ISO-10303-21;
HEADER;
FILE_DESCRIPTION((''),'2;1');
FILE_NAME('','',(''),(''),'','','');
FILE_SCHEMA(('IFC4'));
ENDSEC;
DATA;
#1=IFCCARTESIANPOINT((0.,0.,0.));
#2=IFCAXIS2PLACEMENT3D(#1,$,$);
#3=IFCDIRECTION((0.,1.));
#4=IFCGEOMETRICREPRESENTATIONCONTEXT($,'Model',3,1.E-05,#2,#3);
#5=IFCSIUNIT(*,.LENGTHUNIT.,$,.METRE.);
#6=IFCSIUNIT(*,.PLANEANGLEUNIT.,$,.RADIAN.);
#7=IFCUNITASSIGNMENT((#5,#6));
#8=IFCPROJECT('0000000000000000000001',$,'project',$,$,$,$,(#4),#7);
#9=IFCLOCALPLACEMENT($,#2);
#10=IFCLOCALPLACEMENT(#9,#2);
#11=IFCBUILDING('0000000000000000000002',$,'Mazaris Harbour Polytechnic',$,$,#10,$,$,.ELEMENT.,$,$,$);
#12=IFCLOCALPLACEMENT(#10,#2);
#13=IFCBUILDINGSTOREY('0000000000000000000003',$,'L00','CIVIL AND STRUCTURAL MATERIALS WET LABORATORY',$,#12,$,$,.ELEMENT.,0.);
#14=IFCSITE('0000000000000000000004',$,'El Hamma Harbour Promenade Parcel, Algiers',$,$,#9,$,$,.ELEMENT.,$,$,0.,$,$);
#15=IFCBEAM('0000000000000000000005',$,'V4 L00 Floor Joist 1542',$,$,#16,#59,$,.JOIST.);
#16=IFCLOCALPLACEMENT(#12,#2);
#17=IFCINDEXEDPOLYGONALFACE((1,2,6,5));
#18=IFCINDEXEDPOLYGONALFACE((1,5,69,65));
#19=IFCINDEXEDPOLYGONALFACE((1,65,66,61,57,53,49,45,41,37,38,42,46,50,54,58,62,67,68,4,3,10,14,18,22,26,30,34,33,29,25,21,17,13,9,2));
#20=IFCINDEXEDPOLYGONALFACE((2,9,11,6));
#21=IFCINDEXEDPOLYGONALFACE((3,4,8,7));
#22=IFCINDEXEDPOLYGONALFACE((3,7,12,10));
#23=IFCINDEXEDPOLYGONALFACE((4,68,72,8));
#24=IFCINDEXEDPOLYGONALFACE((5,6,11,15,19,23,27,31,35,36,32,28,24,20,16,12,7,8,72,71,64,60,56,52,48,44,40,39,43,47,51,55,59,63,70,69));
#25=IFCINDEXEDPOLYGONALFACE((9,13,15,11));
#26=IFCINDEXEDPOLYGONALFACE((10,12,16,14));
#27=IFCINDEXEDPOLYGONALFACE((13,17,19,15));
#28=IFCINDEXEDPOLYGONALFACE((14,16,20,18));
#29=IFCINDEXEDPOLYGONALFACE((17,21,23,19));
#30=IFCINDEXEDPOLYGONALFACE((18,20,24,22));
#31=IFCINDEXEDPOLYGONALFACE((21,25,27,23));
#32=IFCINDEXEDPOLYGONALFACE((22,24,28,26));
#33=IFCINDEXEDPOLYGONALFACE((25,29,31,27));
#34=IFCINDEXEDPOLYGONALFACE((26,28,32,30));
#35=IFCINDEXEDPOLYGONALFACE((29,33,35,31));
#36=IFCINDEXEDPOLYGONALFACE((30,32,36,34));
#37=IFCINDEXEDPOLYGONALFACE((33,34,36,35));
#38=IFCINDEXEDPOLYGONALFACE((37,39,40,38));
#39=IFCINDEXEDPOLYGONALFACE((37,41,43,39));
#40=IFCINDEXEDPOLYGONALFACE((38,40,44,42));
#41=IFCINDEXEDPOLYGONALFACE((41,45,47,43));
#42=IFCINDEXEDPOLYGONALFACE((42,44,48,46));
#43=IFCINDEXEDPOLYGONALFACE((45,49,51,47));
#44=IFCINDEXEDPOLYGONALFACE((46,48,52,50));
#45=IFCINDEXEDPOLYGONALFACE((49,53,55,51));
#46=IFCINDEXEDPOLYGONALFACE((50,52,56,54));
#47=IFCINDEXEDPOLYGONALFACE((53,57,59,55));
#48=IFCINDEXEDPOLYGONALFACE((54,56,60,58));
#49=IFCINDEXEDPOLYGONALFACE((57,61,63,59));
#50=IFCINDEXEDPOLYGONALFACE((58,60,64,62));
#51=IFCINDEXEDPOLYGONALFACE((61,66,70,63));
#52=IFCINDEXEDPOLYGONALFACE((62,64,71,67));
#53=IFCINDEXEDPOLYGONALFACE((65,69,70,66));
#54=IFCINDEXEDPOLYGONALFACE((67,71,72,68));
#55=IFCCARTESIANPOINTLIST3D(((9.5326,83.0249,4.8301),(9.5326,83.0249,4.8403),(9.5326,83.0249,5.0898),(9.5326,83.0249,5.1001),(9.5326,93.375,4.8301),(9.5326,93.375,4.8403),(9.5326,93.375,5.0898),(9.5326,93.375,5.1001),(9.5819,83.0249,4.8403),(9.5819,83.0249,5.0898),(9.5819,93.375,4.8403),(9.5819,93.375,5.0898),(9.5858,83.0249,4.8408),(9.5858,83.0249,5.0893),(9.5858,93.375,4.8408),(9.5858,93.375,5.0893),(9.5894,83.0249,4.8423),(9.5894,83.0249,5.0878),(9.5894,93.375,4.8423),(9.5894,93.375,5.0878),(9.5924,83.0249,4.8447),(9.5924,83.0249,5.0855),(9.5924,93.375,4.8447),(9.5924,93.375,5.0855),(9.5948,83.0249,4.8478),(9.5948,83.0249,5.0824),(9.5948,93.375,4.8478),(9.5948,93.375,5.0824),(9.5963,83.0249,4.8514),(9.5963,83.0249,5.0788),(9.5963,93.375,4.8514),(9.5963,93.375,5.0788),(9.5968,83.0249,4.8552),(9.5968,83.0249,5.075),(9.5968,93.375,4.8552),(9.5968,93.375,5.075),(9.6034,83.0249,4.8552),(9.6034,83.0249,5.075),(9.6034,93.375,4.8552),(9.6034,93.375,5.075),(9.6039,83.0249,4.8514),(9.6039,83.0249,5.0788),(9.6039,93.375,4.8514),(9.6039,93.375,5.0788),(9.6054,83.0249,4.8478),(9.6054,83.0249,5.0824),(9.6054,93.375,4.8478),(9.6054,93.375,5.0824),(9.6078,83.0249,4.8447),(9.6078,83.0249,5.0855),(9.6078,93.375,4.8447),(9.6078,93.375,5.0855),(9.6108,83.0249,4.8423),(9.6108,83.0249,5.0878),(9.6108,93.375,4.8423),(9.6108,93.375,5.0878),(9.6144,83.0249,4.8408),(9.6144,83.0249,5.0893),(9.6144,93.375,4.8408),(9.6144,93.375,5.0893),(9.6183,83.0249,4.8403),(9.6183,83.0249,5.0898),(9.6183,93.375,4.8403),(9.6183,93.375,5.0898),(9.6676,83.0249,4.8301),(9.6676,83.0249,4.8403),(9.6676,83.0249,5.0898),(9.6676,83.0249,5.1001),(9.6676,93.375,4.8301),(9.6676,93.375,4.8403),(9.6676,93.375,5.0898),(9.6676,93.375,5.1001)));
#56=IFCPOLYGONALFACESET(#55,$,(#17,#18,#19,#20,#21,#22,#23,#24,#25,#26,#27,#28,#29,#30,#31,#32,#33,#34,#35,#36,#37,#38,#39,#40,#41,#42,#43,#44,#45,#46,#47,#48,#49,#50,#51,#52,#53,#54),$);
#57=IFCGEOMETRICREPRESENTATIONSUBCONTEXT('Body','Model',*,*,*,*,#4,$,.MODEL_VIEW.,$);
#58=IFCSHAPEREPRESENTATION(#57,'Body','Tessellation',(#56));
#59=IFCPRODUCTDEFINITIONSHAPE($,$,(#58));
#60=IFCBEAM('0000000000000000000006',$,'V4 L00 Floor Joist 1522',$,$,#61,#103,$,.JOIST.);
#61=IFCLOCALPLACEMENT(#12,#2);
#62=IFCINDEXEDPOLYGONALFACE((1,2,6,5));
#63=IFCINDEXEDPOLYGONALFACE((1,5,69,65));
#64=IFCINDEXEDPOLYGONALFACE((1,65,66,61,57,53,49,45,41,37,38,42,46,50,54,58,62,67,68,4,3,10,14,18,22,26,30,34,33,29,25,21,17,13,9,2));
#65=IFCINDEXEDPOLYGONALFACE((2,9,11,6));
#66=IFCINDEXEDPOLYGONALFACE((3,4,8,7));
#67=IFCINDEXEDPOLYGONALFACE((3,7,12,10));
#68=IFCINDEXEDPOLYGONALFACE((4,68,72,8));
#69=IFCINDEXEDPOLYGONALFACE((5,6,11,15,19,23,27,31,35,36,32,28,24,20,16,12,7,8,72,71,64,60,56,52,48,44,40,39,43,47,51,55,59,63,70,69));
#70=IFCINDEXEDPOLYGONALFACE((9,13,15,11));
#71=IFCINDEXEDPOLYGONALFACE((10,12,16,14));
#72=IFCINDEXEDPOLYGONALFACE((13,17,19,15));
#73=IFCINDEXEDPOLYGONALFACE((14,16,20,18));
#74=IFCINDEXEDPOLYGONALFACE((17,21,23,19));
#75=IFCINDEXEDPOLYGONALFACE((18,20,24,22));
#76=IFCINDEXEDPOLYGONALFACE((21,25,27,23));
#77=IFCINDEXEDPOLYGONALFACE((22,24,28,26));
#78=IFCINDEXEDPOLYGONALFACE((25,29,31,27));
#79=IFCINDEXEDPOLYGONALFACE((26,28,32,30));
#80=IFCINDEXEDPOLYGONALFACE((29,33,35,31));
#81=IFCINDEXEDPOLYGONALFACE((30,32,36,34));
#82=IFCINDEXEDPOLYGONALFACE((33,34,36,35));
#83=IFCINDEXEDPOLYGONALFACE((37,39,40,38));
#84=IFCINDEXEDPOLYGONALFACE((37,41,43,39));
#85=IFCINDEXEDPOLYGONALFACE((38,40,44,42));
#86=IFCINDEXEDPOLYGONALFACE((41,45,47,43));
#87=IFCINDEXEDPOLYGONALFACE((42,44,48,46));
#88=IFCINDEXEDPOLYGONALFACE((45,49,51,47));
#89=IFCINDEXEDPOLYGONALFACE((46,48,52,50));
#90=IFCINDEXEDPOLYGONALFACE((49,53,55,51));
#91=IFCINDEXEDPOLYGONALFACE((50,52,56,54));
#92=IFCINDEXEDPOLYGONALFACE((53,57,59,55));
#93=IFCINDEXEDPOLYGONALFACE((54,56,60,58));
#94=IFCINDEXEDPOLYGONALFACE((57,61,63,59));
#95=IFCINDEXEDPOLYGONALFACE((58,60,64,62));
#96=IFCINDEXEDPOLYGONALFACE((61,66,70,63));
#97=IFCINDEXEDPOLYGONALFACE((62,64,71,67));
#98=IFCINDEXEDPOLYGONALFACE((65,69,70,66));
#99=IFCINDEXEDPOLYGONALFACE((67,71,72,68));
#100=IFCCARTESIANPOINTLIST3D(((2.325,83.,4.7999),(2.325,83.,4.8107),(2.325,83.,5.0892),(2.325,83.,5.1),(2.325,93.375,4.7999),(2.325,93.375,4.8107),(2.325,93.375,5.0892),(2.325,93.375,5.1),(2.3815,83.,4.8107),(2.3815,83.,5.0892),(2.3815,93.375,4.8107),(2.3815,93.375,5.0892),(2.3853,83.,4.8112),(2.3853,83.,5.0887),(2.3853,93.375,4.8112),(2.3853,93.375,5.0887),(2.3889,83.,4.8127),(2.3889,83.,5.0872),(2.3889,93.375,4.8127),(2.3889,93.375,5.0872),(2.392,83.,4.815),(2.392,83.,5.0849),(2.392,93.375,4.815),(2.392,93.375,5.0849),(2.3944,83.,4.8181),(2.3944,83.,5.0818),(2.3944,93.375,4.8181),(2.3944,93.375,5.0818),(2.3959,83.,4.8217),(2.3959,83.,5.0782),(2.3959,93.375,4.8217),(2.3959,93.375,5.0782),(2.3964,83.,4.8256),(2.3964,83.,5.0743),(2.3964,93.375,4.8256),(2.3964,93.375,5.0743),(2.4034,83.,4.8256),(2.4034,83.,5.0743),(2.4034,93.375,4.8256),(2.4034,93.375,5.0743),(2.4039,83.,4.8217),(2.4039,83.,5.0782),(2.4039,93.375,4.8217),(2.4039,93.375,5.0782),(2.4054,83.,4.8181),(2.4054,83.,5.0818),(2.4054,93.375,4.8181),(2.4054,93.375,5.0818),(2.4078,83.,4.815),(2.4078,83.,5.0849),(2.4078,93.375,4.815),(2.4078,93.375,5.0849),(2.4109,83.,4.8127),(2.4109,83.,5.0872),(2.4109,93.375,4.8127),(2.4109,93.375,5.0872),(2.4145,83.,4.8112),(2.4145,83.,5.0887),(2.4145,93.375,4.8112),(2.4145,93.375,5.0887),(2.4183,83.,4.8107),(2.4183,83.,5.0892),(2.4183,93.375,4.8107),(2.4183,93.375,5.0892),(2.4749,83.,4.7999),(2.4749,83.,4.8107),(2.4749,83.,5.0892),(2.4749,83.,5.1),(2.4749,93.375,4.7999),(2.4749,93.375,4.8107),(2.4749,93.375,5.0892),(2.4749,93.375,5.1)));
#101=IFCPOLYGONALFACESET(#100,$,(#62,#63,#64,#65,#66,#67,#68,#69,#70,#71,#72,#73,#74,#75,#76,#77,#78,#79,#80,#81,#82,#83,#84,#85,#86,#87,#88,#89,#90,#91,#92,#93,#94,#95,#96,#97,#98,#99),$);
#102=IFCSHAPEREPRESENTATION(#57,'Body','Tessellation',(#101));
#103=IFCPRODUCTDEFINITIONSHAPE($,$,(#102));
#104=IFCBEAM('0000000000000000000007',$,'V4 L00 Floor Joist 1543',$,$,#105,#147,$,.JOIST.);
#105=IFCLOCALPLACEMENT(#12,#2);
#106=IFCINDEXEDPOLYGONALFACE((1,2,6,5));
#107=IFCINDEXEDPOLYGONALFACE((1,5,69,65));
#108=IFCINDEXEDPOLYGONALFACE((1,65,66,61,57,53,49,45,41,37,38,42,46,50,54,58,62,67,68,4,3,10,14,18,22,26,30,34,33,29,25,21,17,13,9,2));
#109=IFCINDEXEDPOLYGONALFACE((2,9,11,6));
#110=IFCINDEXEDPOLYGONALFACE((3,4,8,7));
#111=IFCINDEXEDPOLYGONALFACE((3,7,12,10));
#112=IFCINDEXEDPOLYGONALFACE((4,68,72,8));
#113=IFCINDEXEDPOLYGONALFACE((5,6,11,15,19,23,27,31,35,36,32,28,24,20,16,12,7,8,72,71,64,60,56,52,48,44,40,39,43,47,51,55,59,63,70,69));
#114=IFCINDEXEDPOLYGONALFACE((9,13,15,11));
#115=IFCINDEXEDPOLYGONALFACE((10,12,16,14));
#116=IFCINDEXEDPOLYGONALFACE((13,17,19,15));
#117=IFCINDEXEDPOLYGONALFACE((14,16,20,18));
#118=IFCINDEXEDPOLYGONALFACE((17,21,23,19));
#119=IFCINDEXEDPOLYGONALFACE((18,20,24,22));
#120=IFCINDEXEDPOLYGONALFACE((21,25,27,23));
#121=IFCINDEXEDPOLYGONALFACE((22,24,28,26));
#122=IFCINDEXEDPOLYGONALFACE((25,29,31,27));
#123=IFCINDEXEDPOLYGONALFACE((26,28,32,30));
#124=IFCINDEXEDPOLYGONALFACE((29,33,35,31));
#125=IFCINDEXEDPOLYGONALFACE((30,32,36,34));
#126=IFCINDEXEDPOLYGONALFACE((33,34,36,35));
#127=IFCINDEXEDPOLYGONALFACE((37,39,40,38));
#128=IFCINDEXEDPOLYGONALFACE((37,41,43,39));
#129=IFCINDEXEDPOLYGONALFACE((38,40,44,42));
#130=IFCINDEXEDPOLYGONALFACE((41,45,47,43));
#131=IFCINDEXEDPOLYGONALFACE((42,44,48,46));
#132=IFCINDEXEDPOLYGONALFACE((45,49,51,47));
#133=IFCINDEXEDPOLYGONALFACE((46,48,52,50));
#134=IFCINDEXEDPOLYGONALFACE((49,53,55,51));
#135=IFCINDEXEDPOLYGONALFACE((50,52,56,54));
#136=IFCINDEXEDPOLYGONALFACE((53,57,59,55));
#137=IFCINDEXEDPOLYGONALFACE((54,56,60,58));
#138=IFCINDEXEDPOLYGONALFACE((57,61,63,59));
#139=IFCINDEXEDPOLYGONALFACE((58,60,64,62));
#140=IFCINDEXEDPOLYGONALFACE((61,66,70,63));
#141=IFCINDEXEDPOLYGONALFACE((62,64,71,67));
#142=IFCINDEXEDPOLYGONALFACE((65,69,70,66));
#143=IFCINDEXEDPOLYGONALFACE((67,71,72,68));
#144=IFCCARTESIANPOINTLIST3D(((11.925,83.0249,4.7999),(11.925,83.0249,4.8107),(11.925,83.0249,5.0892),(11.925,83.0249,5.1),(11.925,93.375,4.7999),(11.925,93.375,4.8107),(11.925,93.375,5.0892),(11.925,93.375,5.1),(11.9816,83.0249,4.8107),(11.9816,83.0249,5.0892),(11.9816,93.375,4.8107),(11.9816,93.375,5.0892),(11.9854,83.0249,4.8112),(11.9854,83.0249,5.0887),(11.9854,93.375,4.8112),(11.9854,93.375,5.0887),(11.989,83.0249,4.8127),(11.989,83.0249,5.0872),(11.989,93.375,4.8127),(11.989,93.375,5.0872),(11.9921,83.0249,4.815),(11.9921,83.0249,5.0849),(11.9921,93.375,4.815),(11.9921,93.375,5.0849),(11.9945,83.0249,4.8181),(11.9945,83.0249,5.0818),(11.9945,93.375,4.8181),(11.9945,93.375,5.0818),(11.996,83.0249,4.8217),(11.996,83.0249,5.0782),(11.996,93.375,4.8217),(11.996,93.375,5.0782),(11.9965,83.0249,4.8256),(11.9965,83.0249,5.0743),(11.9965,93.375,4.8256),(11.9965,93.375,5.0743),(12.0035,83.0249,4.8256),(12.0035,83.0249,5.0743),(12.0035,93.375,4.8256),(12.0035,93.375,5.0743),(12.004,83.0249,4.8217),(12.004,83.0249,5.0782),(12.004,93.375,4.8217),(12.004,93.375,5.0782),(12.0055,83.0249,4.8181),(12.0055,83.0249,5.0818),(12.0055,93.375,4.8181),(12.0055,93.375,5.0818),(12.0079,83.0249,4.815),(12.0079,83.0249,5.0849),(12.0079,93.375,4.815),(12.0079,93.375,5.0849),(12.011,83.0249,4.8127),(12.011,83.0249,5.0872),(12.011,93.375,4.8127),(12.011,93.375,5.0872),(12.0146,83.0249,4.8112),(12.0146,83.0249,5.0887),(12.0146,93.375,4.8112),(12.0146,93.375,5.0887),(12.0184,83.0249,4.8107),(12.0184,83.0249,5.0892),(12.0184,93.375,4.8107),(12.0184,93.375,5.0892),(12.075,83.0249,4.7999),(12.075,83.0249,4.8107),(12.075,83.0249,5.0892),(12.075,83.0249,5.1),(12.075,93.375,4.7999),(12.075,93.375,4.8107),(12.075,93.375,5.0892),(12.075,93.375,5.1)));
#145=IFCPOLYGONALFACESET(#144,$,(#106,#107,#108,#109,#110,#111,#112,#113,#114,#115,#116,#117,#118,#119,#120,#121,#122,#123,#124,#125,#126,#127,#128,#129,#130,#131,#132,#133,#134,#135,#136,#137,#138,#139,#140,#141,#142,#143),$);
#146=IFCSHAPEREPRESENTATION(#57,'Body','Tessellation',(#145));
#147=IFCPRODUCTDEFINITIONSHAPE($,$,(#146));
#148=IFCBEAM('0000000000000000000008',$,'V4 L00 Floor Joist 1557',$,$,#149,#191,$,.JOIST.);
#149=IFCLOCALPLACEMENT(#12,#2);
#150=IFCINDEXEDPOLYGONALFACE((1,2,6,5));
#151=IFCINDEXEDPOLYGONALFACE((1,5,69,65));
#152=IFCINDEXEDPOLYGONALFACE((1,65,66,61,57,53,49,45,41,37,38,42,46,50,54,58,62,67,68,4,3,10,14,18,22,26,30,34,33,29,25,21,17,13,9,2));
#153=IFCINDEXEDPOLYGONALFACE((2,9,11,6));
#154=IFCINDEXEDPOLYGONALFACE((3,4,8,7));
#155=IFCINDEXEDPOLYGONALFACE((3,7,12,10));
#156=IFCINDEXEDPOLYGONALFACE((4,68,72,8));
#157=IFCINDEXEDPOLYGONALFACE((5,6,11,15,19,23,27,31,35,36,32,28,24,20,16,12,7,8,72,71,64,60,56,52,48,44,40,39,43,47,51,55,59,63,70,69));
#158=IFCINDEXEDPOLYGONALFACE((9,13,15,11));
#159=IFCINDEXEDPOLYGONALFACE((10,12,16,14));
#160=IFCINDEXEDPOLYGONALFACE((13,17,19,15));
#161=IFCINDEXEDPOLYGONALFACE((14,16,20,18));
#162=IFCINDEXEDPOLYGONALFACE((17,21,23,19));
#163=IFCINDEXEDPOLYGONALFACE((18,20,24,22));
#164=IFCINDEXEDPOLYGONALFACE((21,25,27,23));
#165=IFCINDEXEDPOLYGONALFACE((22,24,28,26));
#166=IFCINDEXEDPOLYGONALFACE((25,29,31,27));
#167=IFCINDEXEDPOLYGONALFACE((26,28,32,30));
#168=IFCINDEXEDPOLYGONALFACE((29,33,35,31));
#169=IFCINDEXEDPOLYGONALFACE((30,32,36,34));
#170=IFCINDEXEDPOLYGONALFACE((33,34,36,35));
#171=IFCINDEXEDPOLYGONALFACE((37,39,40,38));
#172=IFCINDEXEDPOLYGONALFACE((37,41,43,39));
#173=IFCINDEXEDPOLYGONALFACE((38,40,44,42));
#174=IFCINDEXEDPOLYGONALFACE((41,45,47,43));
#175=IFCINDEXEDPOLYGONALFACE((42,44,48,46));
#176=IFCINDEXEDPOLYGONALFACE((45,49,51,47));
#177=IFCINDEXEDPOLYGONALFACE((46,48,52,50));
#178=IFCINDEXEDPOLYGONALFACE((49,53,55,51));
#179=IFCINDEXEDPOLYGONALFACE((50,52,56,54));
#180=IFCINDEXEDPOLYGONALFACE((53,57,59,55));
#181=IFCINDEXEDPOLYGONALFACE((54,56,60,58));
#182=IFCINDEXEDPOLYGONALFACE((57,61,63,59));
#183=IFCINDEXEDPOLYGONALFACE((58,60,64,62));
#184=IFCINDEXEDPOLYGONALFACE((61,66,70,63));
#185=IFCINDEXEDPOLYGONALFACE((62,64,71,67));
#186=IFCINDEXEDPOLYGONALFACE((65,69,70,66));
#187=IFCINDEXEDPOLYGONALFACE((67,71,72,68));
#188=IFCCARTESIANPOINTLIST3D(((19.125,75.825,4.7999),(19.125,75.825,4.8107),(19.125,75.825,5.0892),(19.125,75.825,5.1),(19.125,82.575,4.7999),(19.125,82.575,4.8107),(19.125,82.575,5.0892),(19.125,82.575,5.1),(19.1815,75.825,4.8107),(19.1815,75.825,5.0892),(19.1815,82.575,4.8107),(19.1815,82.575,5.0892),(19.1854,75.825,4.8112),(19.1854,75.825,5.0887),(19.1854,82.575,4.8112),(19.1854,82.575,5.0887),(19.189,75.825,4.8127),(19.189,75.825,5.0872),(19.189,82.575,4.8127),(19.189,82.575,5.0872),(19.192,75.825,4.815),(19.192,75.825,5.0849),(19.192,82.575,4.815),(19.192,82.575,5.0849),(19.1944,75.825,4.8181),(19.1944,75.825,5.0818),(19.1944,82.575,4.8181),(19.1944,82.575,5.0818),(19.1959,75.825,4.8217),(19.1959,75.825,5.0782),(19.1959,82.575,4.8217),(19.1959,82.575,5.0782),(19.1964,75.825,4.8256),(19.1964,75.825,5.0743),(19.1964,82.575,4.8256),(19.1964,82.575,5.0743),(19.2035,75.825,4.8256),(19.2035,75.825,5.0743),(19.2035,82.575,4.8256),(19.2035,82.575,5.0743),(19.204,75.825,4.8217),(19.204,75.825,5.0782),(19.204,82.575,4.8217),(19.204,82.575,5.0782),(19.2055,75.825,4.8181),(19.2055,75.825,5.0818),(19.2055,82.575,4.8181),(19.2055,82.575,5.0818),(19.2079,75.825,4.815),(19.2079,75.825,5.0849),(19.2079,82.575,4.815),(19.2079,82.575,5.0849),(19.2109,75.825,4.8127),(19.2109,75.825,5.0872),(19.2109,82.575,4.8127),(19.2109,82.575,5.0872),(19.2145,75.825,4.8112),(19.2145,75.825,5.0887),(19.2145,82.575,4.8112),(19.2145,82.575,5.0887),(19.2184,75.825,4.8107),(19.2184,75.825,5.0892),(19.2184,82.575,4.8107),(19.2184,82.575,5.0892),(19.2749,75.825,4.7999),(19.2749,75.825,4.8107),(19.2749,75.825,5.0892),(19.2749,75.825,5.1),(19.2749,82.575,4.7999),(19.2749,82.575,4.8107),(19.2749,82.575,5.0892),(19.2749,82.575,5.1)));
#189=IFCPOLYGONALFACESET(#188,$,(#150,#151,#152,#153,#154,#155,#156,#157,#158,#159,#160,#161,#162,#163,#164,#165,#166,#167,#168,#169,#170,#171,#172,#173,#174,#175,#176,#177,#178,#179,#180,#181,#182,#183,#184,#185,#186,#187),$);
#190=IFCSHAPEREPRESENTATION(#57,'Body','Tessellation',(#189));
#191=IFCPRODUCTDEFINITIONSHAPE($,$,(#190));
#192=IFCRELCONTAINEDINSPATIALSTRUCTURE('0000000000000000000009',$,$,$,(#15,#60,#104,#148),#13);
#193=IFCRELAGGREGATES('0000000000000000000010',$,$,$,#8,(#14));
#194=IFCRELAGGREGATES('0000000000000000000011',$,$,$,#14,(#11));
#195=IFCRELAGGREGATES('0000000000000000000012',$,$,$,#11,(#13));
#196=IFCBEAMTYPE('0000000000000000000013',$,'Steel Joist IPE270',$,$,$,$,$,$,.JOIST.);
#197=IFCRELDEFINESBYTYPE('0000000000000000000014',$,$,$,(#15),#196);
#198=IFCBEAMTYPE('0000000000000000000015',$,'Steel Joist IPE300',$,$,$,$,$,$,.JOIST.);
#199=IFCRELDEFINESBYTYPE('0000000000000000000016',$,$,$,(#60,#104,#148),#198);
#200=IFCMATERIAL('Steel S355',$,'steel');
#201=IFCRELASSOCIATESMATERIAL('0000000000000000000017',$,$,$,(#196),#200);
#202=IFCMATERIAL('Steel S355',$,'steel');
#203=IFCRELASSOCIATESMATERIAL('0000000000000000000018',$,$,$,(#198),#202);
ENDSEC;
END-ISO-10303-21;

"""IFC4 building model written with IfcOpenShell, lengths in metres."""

from ifc_helpers import new_model, si_unit, direction, frame, origin, origin_2d, place, context, subcontext, project, spatial, i_section, extrude, material, material_profile, profile_set, type_object, element, save


model = new_model("IFC4")

# Units and contexts
model_context = context("Model", 3, precision=1e-05, world=origin(), true_north=direction((0.0, 1.0)))
body_context = subcontext(model_context, "Body", "Model", "MODEL_VIEW")
ifc_project = project(units=[si_unit("LENGTHUNIT", "METRE"), si_unit("PLANEANGLEUNIT", "RADIAN")], contexts=[model_context])

# Site, building, storey
site_placement = place(None, origin())
site = spatial("IfcSite", under=ifc_project, at=site_placement, Name="El Hamma Harbour Promenade Parcel, Algiers", CompositionType="ELEMENT", RefElevation=0.0)
building_placement = place(site_placement, origin())
building = spatial("IfcBuilding", under=site, at=building_placement, Name="Mazaris Harbour Polytechnic", CompositionType="ELEMENT")
storey_placement = place(building_placement, origin())
storey = spatial("IfcBuildingStorey", under=building, at=storey_placement, Name="L00", Description="CIVIL AND STRUCTURAL MATERIALS WET LABORATORY", CompositionType="ELEMENT", Elevation=0.0)

# Beams
ifc_material_1 = material(Name="Steel S355", Category="steel")
ifc_material_profile_1 = material_profile(ifc_material_1, i_section(OverallWidth=0.135, OverallDepth=0.27, WebThickness=0.0066, FlangeThickness=0.0103, FilletRadius=0.0149, at=origin_2d()), Name="IPE 270")
ifc_profile_set_1 = profile_set([ifc_material_profile_1], Name="Steel S355")
beam_type_1 = type_object("IfcBeamType", Name="Steel Joist IPE270", PredefinedType="JOIST", material=ifc_profile_set_1)
beam_1_placement = place(storey_placement, frame((9.6001, 83.0249, 4.9651), z_axis=(0.0, 1.0, 0.0), x_axis=(-1.0, 0.0, 0.0)))
element("IfcBeam", 1, at=beam_1_placement, inside=storey, type_object=beam_type_1, Name="V4 L00 Floor Joist 1542", PredefinedType="JOIST", context=body_context, shape_type="SweptSolid", body=[
    extrude(i_section(OverallWidth=0.135, OverallDepth=0.27, WebThickness=0.0066, FlangeThickness=0.0103, FilletRadius=0.0149, at=origin_2d()), origin(), (0.0, 0.0, 1.0), 10.3501),
])
ifc_material_2 = material(Name="Steel S355", Category="steel")
ifc_material_profile_2 = material_profile(ifc_material_2, i_section(OverallWidth=0.1499, OverallDepth=0.3, WebThickness=0.0071, FlangeThickness=0.0107, FilletRadius=0.0149, at=origin_2d()), Name="IPE 300")
ifc_profile_set_2 = profile_set([ifc_material_profile_2], Name="Steel S355")
beam_type_2 = type_object("IfcBeamType", Name="Steel Joist IPE300", PredefinedType="JOIST", material=ifc_profile_set_2)
beam_2_placement = place(storey_placement, frame((2.3999, 83.0, 4.95), z_axis=(0.0, 1.0, 0.0), x_axis=(-1.0, 0.0, 0.0)))
element("IfcBeam", 2, at=beam_2_placement, inside=storey, type_object=beam_type_2, Name="V4 L00 Floor Joist 1522", PredefinedType="JOIST", context=body_context, shape_type="SweptSolid", body=[
    extrude(i_section(OverallWidth=0.1499, OverallDepth=0.3, WebThickness=0.0071, FlangeThickness=0.0107, FilletRadius=0.0149, at=origin_2d()), origin(), (0.0, 0.0, 1.0), 10.375),
])
beam_3_placement = place(storey_placement, frame((12.0, 83.0249, 4.95), z_axis=(0.0, 1.0, 0.0), x_axis=(-1.0, 0.0, 0.0)))
element("IfcBeam", 3, at=beam_3_placement, inside=storey, type_object=beam_type_2, Name="V4 L00 Floor Joist 1543", PredefinedType="JOIST", context=body_context, shape_type="SweptSolid", body=[
    extrude(i_section(OverallWidth=0.1499, OverallDepth=0.3, WebThickness=0.0071, FlangeThickness=0.0107, FilletRadius=0.0149, at=origin_2d()), origin(), (0.0, 0.0, 1.0), 10.3501),
])
beam_4_placement = place(storey_placement, frame((19.2, 75.825, 4.95), z_axis=(0.0, 1.0, 0.0), x_axis=(-1.0, 0.0, 0.0)))
element("IfcBeam", 4, at=beam_4_placement, inside=storey, type_object=beam_type_2, Name="V4 L00 Floor Joist 1557", PredefinedType="JOIST", context=body_context, shape_type="SweptSolid", body=[
    extrude(i_section(OverallWidth=0.1499, OverallDepth=0.3, WebThickness=0.0071, FlangeThickness=0.0107, FilletRadius=0.0149, at=origin_2d()), origin(), (0.0, 0.0, 1.0), 6.75),
])

save(model, "model.ifc")
